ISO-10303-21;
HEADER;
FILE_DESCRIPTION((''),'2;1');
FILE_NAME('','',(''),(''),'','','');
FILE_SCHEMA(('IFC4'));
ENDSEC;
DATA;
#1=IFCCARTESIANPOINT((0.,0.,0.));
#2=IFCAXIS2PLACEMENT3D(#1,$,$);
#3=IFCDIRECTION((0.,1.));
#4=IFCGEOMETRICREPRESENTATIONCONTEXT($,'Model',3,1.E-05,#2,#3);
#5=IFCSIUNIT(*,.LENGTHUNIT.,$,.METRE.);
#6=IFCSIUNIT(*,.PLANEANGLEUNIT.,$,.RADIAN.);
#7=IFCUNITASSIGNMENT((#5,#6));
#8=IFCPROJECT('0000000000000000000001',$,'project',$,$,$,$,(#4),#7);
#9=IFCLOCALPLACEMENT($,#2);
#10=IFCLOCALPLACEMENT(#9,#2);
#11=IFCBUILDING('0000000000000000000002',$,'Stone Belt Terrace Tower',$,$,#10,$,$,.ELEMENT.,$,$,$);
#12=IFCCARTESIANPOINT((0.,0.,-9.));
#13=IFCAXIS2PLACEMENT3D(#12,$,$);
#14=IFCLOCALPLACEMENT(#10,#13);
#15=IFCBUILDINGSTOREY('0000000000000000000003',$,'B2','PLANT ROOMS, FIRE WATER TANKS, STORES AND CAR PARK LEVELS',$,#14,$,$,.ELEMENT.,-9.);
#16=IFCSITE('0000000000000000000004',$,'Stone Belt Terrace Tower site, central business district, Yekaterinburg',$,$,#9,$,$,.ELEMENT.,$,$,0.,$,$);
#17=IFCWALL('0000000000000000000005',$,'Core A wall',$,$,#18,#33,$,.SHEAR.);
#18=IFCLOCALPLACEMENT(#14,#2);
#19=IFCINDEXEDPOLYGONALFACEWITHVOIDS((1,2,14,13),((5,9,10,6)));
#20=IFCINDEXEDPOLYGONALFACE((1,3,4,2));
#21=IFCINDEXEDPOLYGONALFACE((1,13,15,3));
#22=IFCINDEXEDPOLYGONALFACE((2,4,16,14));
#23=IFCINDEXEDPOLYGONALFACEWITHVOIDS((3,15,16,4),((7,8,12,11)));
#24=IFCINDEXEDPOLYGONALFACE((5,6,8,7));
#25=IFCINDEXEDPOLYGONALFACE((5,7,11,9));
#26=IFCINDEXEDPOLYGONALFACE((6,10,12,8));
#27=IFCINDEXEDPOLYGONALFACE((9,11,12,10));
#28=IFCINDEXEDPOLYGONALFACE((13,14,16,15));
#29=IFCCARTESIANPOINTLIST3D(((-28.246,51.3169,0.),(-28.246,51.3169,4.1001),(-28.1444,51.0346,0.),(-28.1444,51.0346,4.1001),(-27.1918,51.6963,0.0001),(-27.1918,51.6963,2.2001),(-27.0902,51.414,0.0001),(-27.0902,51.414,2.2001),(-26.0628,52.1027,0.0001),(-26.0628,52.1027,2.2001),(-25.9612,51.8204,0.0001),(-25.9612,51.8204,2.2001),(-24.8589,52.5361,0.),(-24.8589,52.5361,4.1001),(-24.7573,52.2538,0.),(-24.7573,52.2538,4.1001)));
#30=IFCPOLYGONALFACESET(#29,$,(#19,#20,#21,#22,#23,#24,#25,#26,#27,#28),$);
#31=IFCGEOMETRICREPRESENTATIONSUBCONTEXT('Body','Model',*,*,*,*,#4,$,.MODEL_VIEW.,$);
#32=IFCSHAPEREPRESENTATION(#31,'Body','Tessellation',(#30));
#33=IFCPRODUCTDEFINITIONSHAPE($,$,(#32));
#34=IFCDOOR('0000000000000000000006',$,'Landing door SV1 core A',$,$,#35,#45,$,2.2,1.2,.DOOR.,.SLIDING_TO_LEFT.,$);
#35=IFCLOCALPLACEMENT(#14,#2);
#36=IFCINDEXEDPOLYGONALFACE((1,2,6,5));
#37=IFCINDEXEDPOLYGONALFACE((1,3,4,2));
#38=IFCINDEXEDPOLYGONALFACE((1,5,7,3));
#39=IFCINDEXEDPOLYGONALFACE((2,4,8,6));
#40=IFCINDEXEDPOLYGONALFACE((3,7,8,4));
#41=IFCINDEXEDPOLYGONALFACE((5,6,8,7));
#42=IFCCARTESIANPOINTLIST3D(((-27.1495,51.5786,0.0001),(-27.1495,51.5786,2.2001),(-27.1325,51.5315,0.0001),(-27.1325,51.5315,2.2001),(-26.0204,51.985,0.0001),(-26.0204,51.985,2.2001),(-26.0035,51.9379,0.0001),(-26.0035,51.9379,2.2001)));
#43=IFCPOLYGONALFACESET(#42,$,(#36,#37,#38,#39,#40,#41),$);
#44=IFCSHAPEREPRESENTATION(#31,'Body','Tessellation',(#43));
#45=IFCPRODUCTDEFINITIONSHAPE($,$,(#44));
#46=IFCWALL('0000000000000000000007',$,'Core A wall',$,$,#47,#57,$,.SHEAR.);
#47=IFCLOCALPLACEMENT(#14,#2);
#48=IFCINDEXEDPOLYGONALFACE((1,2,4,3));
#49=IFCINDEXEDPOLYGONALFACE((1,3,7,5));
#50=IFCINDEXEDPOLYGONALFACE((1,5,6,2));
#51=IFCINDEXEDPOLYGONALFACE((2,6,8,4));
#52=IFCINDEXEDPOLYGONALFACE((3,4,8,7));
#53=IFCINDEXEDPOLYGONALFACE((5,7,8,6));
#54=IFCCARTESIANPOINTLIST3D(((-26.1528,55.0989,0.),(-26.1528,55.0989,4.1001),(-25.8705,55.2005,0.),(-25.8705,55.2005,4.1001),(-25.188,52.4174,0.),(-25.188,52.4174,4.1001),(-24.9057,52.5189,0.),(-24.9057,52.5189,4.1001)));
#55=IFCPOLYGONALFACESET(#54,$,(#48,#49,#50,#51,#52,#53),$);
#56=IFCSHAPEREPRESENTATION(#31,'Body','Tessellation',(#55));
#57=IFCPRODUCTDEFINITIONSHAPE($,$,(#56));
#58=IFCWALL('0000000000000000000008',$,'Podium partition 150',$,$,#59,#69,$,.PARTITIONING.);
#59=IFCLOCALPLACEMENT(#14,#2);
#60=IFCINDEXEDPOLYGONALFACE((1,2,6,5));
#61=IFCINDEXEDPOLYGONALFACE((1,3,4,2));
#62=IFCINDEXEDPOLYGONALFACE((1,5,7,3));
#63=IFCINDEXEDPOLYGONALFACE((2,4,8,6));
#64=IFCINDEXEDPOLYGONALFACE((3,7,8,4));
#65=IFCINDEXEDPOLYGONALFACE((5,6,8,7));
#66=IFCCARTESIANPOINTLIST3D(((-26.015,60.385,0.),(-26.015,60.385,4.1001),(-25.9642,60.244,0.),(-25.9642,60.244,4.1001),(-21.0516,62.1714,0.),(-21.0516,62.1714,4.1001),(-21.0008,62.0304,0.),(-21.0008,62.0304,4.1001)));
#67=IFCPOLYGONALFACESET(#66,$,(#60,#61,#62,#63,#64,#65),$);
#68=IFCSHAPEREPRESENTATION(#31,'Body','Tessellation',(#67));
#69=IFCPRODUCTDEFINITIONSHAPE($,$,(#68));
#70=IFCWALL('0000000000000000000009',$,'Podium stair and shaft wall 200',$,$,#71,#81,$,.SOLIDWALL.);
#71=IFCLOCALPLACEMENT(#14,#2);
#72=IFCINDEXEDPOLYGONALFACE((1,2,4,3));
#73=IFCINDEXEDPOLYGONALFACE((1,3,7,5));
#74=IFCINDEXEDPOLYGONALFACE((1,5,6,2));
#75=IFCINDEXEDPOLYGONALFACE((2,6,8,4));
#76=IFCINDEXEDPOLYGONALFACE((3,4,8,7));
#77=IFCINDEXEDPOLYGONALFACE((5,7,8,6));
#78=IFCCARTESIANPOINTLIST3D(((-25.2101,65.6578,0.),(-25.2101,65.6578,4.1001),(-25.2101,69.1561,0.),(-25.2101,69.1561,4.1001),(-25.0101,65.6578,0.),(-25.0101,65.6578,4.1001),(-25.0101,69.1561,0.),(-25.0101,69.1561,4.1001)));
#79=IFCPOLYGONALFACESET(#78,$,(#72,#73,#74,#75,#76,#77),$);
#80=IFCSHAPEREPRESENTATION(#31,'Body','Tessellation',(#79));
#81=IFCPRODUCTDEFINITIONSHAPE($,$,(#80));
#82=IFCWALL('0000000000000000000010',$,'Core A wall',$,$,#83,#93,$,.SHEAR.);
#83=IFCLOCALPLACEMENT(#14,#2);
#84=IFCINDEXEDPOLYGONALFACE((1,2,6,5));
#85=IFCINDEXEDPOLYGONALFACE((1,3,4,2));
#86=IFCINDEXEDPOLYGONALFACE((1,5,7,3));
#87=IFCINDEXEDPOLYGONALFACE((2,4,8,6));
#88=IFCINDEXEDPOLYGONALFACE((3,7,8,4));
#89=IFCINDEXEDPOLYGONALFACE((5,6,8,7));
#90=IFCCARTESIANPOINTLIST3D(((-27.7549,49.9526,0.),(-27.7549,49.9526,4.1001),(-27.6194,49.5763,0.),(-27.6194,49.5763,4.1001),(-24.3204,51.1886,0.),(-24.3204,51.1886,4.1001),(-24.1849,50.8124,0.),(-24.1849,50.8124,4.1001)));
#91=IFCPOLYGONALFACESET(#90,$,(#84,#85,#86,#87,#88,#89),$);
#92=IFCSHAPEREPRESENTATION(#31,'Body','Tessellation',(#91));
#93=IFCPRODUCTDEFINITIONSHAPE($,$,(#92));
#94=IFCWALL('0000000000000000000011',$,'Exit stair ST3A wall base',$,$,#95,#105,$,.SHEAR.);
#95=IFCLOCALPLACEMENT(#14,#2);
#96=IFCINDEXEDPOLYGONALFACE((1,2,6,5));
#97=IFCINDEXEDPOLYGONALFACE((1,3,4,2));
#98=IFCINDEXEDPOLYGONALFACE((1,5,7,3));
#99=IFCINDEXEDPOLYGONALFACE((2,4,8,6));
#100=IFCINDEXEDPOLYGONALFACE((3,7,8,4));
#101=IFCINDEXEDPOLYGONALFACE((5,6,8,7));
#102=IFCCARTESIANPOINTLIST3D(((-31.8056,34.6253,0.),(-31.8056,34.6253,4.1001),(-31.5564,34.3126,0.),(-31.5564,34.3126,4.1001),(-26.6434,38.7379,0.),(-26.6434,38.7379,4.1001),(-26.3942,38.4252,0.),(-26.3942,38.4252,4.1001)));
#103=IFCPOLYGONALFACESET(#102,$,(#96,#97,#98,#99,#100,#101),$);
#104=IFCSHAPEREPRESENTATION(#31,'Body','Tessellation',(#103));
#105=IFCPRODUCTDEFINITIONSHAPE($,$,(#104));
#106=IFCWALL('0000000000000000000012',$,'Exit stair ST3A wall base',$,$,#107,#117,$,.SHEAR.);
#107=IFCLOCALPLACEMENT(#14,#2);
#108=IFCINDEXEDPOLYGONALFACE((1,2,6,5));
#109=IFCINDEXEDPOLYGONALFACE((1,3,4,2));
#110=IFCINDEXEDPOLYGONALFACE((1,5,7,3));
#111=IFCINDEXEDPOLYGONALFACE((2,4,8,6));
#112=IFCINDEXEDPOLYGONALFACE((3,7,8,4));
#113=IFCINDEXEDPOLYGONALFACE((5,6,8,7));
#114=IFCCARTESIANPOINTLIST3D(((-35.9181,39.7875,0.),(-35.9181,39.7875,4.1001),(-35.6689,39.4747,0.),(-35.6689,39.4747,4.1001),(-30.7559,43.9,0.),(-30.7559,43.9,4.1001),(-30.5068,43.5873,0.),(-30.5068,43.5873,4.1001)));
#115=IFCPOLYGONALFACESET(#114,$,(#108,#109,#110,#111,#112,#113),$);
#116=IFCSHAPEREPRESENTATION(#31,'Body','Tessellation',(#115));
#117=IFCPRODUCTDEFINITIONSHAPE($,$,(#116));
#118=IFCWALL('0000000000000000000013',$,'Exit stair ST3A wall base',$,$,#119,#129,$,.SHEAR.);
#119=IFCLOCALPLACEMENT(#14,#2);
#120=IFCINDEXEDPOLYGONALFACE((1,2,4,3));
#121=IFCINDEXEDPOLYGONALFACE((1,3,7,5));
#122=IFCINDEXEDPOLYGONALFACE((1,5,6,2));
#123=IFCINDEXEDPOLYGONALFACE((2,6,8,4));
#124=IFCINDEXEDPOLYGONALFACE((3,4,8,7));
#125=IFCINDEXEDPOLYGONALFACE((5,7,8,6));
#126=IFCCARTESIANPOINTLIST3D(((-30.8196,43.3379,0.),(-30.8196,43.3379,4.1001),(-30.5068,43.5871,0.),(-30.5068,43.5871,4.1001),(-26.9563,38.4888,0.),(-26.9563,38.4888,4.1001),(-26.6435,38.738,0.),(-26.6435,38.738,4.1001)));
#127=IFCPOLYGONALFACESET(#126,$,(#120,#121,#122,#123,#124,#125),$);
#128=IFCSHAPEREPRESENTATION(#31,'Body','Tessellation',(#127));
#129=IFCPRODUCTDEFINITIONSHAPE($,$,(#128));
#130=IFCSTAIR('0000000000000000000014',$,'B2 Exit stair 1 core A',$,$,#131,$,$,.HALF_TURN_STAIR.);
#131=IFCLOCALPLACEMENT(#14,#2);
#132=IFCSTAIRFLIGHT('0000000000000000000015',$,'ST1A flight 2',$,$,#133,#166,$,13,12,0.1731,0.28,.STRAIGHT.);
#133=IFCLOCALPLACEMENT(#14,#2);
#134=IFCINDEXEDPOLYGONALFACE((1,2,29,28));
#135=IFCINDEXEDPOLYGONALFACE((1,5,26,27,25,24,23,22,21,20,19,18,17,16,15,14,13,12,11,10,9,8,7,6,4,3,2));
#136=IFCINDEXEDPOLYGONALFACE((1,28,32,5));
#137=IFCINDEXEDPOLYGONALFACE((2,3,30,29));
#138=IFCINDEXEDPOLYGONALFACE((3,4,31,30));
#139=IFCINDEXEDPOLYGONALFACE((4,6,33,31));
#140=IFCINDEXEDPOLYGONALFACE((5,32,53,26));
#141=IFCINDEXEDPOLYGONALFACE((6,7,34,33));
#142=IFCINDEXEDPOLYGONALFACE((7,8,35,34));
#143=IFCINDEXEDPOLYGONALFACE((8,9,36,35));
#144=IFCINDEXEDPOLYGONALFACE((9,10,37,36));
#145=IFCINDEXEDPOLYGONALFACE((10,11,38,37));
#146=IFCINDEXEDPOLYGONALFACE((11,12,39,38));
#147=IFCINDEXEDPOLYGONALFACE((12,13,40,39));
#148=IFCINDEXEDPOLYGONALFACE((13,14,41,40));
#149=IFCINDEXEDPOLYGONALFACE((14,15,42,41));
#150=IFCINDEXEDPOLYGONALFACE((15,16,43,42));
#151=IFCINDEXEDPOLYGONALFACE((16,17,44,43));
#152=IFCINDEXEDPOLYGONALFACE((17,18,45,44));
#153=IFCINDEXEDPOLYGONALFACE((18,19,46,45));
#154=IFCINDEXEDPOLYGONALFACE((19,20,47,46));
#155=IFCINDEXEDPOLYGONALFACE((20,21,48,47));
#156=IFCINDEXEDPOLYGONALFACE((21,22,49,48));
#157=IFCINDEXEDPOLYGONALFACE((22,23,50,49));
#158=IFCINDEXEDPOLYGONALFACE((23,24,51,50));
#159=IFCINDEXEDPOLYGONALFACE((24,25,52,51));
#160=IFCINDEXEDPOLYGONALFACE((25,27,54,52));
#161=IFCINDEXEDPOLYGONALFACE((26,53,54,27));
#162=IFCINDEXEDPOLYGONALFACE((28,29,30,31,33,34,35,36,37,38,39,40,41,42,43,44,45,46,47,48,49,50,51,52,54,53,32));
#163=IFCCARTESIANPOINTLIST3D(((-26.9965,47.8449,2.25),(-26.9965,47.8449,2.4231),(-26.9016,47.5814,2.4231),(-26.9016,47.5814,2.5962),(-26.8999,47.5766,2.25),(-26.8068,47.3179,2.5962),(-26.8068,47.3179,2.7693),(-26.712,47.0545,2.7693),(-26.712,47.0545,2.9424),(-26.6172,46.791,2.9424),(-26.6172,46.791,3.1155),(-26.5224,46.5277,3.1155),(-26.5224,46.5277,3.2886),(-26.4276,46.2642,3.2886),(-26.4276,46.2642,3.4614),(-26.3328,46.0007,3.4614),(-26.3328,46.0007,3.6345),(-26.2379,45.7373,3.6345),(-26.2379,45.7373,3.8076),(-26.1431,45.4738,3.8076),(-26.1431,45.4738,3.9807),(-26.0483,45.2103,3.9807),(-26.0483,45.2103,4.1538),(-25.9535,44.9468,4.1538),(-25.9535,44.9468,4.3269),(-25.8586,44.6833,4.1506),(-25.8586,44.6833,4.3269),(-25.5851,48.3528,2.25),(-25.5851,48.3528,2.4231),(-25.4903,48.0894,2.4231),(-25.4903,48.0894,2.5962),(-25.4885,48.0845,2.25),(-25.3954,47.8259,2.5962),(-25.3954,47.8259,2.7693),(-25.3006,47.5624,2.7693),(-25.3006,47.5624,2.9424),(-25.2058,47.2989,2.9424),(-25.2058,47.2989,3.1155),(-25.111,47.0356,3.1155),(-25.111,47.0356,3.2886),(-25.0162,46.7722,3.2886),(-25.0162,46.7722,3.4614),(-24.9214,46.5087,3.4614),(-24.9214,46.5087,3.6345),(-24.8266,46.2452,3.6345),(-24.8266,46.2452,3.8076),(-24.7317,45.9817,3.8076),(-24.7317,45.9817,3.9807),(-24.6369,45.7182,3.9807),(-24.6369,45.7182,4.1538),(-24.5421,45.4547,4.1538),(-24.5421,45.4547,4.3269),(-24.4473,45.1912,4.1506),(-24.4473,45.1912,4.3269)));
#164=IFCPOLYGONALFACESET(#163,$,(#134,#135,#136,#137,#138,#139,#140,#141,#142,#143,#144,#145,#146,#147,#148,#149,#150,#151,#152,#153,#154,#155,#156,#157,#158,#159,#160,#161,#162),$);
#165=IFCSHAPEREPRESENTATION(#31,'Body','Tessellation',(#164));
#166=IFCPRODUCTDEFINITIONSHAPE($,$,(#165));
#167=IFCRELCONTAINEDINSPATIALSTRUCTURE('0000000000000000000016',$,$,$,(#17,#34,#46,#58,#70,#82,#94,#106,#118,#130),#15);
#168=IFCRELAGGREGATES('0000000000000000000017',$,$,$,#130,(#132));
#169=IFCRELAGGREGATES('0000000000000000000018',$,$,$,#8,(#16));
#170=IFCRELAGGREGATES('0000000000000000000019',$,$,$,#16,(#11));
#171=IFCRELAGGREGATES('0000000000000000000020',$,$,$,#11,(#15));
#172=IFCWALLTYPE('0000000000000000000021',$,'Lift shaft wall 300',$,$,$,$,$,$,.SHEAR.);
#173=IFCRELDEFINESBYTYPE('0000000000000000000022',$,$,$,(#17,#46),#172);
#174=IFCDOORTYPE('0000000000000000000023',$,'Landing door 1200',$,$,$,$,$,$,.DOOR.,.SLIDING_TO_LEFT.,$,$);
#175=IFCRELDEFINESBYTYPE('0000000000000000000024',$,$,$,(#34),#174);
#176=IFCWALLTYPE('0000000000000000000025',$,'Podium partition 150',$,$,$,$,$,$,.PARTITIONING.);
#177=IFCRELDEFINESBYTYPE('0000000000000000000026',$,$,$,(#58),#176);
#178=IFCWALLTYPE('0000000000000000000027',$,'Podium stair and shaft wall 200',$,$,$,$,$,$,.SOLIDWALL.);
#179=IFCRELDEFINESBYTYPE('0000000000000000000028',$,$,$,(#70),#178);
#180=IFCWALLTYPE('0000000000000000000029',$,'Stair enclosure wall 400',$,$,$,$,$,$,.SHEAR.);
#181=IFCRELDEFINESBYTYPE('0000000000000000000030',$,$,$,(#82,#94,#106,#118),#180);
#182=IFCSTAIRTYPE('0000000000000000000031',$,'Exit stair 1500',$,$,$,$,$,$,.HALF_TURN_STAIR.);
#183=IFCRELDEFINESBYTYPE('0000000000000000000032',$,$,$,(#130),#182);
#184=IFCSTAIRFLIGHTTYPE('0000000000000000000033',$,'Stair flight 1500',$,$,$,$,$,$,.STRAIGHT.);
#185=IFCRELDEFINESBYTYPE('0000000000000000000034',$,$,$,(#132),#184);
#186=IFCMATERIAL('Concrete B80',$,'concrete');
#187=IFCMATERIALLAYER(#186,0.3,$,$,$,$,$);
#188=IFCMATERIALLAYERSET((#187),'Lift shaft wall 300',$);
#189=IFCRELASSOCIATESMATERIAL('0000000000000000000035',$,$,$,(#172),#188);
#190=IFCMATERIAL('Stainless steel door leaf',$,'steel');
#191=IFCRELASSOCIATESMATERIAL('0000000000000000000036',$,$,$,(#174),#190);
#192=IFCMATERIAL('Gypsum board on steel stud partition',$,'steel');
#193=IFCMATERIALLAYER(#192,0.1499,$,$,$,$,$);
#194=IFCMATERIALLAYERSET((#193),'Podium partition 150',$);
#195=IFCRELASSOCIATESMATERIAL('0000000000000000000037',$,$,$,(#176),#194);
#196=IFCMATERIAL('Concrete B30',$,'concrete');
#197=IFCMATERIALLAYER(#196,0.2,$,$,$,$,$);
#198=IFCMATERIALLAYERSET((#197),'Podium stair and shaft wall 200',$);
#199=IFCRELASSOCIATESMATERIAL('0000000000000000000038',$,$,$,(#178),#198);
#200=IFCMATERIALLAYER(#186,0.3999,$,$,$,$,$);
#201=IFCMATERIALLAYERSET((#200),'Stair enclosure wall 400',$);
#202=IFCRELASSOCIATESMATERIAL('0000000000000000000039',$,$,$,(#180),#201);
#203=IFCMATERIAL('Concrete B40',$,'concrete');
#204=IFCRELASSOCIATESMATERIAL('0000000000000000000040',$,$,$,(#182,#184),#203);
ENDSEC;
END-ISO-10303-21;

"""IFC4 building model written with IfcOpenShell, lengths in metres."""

from ifc_helpers import new_model, si_unit, direction, frame, frame_2d, origin, place, context, subcontext, project, spatial, polyline, rectangle, outline, extrude, material, layer, layer_set, type_object, element, fill, aggregate, save


model = new_model("IFC4")

# Units and contexts
model_context = context("Model", 3, precision=1e-05, world=origin(), true_north=direction((0.0, 1.0)))
body_context = subcontext(model_context, "Body", "Model", "MODEL_VIEW")
ifc_project = project(units=[si_unit("LENGTHUNIT", "METRE"), si_unit("PLANEANGLEUNIT", "RADIAN")], contexts=[model_context])

# Site, building, storey
site_placement = place(None, origin())
site = spatial("IfcSite", under=ifc_project, at=site_placement, Name="Stone Belt Terrace Tower site, central business district, Yekaterinburg", CompositionType="ELEMENT", RefElevation=0.0)
building_placement = place(site_placement, origin())
building = spatial("IfcBuilding", under=site, at=building_placement, Name="Stone Belt Terrace Tower", CompositionType="ELEMENT")
storey_placement = place(building_placement, frame((0.0, 0.0, -9.0)))
storey = spatial("IfcBuildingStorey", under=building, at=storey_placement, Name="B2", Description="PLANT ROOMS, FIRE WATER TANKS, STORES AND CAR PARK LEVELS", CompositionType="ELEMENT", Elevation=-9.0)

# Shared definitions
ifc_material_1 = material(Name="Concrete B80", Category="concrete")

# Shared definitions
ifc_material_2 = material(Name="Concrete B30", Category="concrete")

# Wall, opening, door
ifc_layer_1 = layer(ifc_material_1, 0.3)
ifc_layer_set_1 = layer_set([ifc_layer_1], Name="Lift shaft wall 300")
wall_type_1 = type_object("IfcWallType", Name="Lift shaft wall 300", PredefinedType="SHEAR", material=ifc_layer_set_1)
wall_1_placement = place(storey_placement, frame((-28.1951, 51.1758, 0.0), z_axis=(0.0, 0.0, 1.0), x_axis=(0.940901, 0.338681, 0.0)))
wall_1 = element("IfcWall", 1, at=wall_1_placement, inside=storey, type_object=wall_type_1, Name="Core A wall", PredefinedType="SHEAR", context=body_context, shape_type="SweptSolid", body=[
    extrude(rectangle(XDim=3.5999, YDim=0.3, at=frame_2d((1.7998, 0.0))), origin(), (0.0, 0.0, 1.0), 4.1001),
])
opening_1_placement = place(wall_1_placement, frame((1.1201, 0.0, 0.0)))
opening_1 = element("IfcOpeningElement", 2, at=opening_1_placement, cuts=wall_1, PredefinedType="OPENING", context=body_context, shape_type="SweptSolid", body=[
    extrude(rectangle(XDim=1.2, YDim=2.2, at=frame_2d((0.6001, 1.1001))), frame((0.0, 0.1599, 0.0), z_axis=(0.0, -1.0, 0.0), x_axis=(1.0, 0.0, 0.0)), (0.0, 0.0, 1.0), 0.3201),
])
ifc_material_3 = material(Name="Stainless steel door leaf", Category="steel")
door_type_1 = type_object("IfcDoorType", Name="Landing door 1200", OperationType="SLIDING_TO_LEFT", PredefinedType="DOOR", material=ifc_material_3)
door_1_placement = place(opening_1_placement, origin())
door_1 = element("IfcDoor", 3, at=door_1_placement, inside=storey, type_object=door_type_1, Name="Landing door SV1 core A", OperationType="SLIDING_TO_LEFT", OverallHeight=2.2, OverallWidth=1.2, PredefinedType="DOOR", context=body_context, shape_type="SweptSolid", body=[
    extrude(rectangle(XDim=1.2, YDim=2.2, at=frame_2d((0.6001, 1.1001))), frame((0.0, 0.0249, 0.0), z_axis=(0.0, -1.0, 0.0), x_axis=(1.0, 0.0, 0.0)), (0.0, 0.0, 1.0), 0.05),
])
fill(opening_1, door_1)

# Walls
wall_2_placement = place(storey_placement, frame((-25.0469, 52.4683, 0.0), z_axis=(0.0, 0.0, 1.0), x_axis=(-0.33855, 0.940949, 0.0)))
element("IfcWall", 4, at=wall_2_placement, inside=storey, type_object=wall_type_1, Name="Core A wall", PredefinedType="SHEAR", context=body_context, shape_type="SweptSolid", body=[
    extrude(rectangle(XDim=2.8499, YDim=0.3, at=frame_2d((1.4248, 0.0))), origin(), (0.0, 0.0, 1.0), 4.1001),
])
ifc_material_4 = material(Name="Gypsum board on steel stud partition", Category="steel")
ifc_layer_2 = layer(ifc_material_4, 0.1499)
ifc_layer_set_2 = layer_set([ifc_layer_2], Name="Podium partition 150")
wall_type_2 = type_object("IfcWallType", Name="Podium partition 150", PredefinedType="PARTITIONING", material=ifc_layer_set_2)
wall_3_placement = place(storey_placement, frame((-25.9897, 60.3145, 0.0), z_axis=(0.0, 0.0, 1.0), x_axis=(0.940914, 0.338646, 0.0)))
element("IfcWall", 5, at=wall_3_placement, inside=storey, type_object=wall_type_2, Name="Podium partition 150", PredefinedType="PARTITIONING", context=body_context, shape_type="SweptSolid", body=[
    extrude(rectangle(XDim=5.2751, YDim=0.1499, at=frame_2d((2.6377, 0.0))), origin(), (0.0, 0.0, 1.0), 4.1001),
])
ifc_layer_3 = layer(ifc_material_2, 0.2)
ifc_layer_set_3 = layer_set([ifc_layer_3], Name="Podium stair and shaft wall 200")
wall_type_3 = type_object("IfcWallType", Name="Podium stair and shaft wall 200", PredefinedType="SOLIDWALL", material=ifc_layer_set_3)
wall_4_placement = place(storey_placement, frame((-25.1101, 65.658, 0.0), z_axis=(0.0, 0.0, 1.0), x_axis=(0.0, 1.0, 0.0)))
element("IfcWall", 6, at=wall_4_placement, inside=storey, type_object=wall_type_3, Name="Podium stair and shaft wall 200", PredefinedType="SOLIDWALL", context=body_context, shape_type="SweptSolid", body=[
    extrude(rectangle(XDim=3.4983, YDim=0.2, at=frame_2d((1.749, 0.0))), origin(), (0.0, 0.0, 1.0), 4.1001),
])
ifc_layer_4 = layer(ifc_material_1, 0.3999)
ifc_layer_set_4 = layer_set([ifc_layer_4], Name="Stair enclosure wall 400")
wall_type_4 = type_object("IfcWallType", Name="Stair enclosure wall 400", PredefinedType="SHEAR", material=ifc_layer_set_4)
wall_5_placement = place(storey_placement, frame((-27.6873, 49.7644, 0.0), z_axis=(0.0, 0.0, 1.0), x_axis=(0.940919, 0.338632, 0.0)))
element("IfcWall", 7, at=wall_5_placement, inside=storey, type_object=wall_type_4, Name="Core A wall", PredefinedType="SHEAR", context=body_context, shape_type="SweptSolid", body=[
    extrude(rectangle(XDim=3.6501, YDim=0.3999, at=frame_2d((1.8252, 0.0))), origin(), (0.0, 0.0, 1.0), 4.1001),
])
for number, where, z_axis, x_axis, name in (
    (8, (-26.5188, 38.5815, 0.0), (0.0, 0.0, 1.0), (-0.782134, -0.62311, 0.0), "Exit stair ST3A wall base"),
    (9, (-30.6313, 43.7437, 0.0), (0.0, 0.0, 1.0), (-0.782134, -0.62311, 0.0), "Exit stair ST3A wall base"),
):
    element("IfcWall", number, at=place(storey_placement, frame(where, z_axis=z_axis, x_axis=x_axis)), inside=storey, type_object=wall_type_4, Name=name, PredefinedType="SHEAR", context=body_context, shape_type="SweptSolid", body=[
        extrude(rectangle(XDim=6.6001, YDim=0.3999, at=frame_2d((3.3, 0.0))), origin(), (0.0, 0.0, 1.0), 4.1001),
    ])
wall_6_placement = place(storey_placement, frame((-26.7998, 38.6133, 0.0), z_axis=(0.0, 0.0, 1.0), x_axis=(-0.623119, 0.782127, 0.0)))
element("IfcWall", 10, at=wall_6_placement, inside=storey, type_object=wall_type_4, Name="Exit stair ST3A wall base", PredefinedType="SHEAR", context=body_context, shape_type="SweptSolid", body=[
    extrude(rectangle(XDim=6.2, YDim=0.3999, at=frame_2d((3.1001, 0.0))), origin(), (0.0, 0.0, 1.0), 4.1001),
])

# Stair, stair flight
ifc_material_5 = material(Name="Concrete B40", Category="concrete")
stair_type = type_object("IfcStairType", Name="Exit stair 1500", PredefinedType="HALF_TURN_STAIR", material=ifc_material_5)
stair_placement = place(storey_placement, origin())
stair = element("IfcStair", 11, at=stair_placement, inside=storey, type_object=stair_type, Name="B2 Exit stair 1 core A", PredefinedType="HALF_TURN_STAIR")
stair_flight_type = type_object("IfcStairFlightType", Name="Stair flight 1500", PredefinedType="STRAIGHT", material=ifc_material_5)
stair_flight_placement = place(storey_placement, frame((-26.2908, 48.0989, 2.25), z_axis=(0.0, 0.0, 1.0), x_axis=(0.338624, -0.940922, 0.0)))
stair_flight = element("IfcStairFlight", 12, at=stair_flight_placement, type_object=stair_flight_type, Name="ST1A flight 2", NumberOfRisers=13, NumberOfTreads=12, PredefinedType="STRAIGHT", RiserHeight=0.1731, TreadLength=0.28, context=body_context, shape_type="SweptSolid", body=[
    extrude(outline(polyline([(0.0, 0.0), (0.0, 0.1731), (0.28, 0.1731), (0.28, 0.3462), (0.5601, 0.3462), (0.5601, 0.5193), (0.8401, 0.5193), (0.8401, 0.6924), (1.1201, 0.6924), (1.1201, 0.8655), (1.3999, 0.8655), (1.3999, 1.0386), (1.6799, 1.0386), (1.6799, 1.2114), (1.96, 1.2114), (1.96, 1.3845), (2.24, 1.3845), (2.24, 1.5576), (2.52, 1.5576), (2.52, 1.7307), (2.8, 1.7307), (2.8, 1.9038), (3.0801, 1.9038), (3.0801, 2.0769), (3.3601, 2.0769), (3.3601, 2.25), (3.3601, 1.9006), (0.2852, 0.0), (0.0, 0.0)])), frame((0.0, 0.75, 0.0), z_axis=(0.0, -1.0, 0.0), x_axis=(1.0, 0.0, 0.0)), (0.0, 0.0, 1.0), 1.5),
])
aggregate(stair, [stair_flight])

save(model, "model.ifc")
